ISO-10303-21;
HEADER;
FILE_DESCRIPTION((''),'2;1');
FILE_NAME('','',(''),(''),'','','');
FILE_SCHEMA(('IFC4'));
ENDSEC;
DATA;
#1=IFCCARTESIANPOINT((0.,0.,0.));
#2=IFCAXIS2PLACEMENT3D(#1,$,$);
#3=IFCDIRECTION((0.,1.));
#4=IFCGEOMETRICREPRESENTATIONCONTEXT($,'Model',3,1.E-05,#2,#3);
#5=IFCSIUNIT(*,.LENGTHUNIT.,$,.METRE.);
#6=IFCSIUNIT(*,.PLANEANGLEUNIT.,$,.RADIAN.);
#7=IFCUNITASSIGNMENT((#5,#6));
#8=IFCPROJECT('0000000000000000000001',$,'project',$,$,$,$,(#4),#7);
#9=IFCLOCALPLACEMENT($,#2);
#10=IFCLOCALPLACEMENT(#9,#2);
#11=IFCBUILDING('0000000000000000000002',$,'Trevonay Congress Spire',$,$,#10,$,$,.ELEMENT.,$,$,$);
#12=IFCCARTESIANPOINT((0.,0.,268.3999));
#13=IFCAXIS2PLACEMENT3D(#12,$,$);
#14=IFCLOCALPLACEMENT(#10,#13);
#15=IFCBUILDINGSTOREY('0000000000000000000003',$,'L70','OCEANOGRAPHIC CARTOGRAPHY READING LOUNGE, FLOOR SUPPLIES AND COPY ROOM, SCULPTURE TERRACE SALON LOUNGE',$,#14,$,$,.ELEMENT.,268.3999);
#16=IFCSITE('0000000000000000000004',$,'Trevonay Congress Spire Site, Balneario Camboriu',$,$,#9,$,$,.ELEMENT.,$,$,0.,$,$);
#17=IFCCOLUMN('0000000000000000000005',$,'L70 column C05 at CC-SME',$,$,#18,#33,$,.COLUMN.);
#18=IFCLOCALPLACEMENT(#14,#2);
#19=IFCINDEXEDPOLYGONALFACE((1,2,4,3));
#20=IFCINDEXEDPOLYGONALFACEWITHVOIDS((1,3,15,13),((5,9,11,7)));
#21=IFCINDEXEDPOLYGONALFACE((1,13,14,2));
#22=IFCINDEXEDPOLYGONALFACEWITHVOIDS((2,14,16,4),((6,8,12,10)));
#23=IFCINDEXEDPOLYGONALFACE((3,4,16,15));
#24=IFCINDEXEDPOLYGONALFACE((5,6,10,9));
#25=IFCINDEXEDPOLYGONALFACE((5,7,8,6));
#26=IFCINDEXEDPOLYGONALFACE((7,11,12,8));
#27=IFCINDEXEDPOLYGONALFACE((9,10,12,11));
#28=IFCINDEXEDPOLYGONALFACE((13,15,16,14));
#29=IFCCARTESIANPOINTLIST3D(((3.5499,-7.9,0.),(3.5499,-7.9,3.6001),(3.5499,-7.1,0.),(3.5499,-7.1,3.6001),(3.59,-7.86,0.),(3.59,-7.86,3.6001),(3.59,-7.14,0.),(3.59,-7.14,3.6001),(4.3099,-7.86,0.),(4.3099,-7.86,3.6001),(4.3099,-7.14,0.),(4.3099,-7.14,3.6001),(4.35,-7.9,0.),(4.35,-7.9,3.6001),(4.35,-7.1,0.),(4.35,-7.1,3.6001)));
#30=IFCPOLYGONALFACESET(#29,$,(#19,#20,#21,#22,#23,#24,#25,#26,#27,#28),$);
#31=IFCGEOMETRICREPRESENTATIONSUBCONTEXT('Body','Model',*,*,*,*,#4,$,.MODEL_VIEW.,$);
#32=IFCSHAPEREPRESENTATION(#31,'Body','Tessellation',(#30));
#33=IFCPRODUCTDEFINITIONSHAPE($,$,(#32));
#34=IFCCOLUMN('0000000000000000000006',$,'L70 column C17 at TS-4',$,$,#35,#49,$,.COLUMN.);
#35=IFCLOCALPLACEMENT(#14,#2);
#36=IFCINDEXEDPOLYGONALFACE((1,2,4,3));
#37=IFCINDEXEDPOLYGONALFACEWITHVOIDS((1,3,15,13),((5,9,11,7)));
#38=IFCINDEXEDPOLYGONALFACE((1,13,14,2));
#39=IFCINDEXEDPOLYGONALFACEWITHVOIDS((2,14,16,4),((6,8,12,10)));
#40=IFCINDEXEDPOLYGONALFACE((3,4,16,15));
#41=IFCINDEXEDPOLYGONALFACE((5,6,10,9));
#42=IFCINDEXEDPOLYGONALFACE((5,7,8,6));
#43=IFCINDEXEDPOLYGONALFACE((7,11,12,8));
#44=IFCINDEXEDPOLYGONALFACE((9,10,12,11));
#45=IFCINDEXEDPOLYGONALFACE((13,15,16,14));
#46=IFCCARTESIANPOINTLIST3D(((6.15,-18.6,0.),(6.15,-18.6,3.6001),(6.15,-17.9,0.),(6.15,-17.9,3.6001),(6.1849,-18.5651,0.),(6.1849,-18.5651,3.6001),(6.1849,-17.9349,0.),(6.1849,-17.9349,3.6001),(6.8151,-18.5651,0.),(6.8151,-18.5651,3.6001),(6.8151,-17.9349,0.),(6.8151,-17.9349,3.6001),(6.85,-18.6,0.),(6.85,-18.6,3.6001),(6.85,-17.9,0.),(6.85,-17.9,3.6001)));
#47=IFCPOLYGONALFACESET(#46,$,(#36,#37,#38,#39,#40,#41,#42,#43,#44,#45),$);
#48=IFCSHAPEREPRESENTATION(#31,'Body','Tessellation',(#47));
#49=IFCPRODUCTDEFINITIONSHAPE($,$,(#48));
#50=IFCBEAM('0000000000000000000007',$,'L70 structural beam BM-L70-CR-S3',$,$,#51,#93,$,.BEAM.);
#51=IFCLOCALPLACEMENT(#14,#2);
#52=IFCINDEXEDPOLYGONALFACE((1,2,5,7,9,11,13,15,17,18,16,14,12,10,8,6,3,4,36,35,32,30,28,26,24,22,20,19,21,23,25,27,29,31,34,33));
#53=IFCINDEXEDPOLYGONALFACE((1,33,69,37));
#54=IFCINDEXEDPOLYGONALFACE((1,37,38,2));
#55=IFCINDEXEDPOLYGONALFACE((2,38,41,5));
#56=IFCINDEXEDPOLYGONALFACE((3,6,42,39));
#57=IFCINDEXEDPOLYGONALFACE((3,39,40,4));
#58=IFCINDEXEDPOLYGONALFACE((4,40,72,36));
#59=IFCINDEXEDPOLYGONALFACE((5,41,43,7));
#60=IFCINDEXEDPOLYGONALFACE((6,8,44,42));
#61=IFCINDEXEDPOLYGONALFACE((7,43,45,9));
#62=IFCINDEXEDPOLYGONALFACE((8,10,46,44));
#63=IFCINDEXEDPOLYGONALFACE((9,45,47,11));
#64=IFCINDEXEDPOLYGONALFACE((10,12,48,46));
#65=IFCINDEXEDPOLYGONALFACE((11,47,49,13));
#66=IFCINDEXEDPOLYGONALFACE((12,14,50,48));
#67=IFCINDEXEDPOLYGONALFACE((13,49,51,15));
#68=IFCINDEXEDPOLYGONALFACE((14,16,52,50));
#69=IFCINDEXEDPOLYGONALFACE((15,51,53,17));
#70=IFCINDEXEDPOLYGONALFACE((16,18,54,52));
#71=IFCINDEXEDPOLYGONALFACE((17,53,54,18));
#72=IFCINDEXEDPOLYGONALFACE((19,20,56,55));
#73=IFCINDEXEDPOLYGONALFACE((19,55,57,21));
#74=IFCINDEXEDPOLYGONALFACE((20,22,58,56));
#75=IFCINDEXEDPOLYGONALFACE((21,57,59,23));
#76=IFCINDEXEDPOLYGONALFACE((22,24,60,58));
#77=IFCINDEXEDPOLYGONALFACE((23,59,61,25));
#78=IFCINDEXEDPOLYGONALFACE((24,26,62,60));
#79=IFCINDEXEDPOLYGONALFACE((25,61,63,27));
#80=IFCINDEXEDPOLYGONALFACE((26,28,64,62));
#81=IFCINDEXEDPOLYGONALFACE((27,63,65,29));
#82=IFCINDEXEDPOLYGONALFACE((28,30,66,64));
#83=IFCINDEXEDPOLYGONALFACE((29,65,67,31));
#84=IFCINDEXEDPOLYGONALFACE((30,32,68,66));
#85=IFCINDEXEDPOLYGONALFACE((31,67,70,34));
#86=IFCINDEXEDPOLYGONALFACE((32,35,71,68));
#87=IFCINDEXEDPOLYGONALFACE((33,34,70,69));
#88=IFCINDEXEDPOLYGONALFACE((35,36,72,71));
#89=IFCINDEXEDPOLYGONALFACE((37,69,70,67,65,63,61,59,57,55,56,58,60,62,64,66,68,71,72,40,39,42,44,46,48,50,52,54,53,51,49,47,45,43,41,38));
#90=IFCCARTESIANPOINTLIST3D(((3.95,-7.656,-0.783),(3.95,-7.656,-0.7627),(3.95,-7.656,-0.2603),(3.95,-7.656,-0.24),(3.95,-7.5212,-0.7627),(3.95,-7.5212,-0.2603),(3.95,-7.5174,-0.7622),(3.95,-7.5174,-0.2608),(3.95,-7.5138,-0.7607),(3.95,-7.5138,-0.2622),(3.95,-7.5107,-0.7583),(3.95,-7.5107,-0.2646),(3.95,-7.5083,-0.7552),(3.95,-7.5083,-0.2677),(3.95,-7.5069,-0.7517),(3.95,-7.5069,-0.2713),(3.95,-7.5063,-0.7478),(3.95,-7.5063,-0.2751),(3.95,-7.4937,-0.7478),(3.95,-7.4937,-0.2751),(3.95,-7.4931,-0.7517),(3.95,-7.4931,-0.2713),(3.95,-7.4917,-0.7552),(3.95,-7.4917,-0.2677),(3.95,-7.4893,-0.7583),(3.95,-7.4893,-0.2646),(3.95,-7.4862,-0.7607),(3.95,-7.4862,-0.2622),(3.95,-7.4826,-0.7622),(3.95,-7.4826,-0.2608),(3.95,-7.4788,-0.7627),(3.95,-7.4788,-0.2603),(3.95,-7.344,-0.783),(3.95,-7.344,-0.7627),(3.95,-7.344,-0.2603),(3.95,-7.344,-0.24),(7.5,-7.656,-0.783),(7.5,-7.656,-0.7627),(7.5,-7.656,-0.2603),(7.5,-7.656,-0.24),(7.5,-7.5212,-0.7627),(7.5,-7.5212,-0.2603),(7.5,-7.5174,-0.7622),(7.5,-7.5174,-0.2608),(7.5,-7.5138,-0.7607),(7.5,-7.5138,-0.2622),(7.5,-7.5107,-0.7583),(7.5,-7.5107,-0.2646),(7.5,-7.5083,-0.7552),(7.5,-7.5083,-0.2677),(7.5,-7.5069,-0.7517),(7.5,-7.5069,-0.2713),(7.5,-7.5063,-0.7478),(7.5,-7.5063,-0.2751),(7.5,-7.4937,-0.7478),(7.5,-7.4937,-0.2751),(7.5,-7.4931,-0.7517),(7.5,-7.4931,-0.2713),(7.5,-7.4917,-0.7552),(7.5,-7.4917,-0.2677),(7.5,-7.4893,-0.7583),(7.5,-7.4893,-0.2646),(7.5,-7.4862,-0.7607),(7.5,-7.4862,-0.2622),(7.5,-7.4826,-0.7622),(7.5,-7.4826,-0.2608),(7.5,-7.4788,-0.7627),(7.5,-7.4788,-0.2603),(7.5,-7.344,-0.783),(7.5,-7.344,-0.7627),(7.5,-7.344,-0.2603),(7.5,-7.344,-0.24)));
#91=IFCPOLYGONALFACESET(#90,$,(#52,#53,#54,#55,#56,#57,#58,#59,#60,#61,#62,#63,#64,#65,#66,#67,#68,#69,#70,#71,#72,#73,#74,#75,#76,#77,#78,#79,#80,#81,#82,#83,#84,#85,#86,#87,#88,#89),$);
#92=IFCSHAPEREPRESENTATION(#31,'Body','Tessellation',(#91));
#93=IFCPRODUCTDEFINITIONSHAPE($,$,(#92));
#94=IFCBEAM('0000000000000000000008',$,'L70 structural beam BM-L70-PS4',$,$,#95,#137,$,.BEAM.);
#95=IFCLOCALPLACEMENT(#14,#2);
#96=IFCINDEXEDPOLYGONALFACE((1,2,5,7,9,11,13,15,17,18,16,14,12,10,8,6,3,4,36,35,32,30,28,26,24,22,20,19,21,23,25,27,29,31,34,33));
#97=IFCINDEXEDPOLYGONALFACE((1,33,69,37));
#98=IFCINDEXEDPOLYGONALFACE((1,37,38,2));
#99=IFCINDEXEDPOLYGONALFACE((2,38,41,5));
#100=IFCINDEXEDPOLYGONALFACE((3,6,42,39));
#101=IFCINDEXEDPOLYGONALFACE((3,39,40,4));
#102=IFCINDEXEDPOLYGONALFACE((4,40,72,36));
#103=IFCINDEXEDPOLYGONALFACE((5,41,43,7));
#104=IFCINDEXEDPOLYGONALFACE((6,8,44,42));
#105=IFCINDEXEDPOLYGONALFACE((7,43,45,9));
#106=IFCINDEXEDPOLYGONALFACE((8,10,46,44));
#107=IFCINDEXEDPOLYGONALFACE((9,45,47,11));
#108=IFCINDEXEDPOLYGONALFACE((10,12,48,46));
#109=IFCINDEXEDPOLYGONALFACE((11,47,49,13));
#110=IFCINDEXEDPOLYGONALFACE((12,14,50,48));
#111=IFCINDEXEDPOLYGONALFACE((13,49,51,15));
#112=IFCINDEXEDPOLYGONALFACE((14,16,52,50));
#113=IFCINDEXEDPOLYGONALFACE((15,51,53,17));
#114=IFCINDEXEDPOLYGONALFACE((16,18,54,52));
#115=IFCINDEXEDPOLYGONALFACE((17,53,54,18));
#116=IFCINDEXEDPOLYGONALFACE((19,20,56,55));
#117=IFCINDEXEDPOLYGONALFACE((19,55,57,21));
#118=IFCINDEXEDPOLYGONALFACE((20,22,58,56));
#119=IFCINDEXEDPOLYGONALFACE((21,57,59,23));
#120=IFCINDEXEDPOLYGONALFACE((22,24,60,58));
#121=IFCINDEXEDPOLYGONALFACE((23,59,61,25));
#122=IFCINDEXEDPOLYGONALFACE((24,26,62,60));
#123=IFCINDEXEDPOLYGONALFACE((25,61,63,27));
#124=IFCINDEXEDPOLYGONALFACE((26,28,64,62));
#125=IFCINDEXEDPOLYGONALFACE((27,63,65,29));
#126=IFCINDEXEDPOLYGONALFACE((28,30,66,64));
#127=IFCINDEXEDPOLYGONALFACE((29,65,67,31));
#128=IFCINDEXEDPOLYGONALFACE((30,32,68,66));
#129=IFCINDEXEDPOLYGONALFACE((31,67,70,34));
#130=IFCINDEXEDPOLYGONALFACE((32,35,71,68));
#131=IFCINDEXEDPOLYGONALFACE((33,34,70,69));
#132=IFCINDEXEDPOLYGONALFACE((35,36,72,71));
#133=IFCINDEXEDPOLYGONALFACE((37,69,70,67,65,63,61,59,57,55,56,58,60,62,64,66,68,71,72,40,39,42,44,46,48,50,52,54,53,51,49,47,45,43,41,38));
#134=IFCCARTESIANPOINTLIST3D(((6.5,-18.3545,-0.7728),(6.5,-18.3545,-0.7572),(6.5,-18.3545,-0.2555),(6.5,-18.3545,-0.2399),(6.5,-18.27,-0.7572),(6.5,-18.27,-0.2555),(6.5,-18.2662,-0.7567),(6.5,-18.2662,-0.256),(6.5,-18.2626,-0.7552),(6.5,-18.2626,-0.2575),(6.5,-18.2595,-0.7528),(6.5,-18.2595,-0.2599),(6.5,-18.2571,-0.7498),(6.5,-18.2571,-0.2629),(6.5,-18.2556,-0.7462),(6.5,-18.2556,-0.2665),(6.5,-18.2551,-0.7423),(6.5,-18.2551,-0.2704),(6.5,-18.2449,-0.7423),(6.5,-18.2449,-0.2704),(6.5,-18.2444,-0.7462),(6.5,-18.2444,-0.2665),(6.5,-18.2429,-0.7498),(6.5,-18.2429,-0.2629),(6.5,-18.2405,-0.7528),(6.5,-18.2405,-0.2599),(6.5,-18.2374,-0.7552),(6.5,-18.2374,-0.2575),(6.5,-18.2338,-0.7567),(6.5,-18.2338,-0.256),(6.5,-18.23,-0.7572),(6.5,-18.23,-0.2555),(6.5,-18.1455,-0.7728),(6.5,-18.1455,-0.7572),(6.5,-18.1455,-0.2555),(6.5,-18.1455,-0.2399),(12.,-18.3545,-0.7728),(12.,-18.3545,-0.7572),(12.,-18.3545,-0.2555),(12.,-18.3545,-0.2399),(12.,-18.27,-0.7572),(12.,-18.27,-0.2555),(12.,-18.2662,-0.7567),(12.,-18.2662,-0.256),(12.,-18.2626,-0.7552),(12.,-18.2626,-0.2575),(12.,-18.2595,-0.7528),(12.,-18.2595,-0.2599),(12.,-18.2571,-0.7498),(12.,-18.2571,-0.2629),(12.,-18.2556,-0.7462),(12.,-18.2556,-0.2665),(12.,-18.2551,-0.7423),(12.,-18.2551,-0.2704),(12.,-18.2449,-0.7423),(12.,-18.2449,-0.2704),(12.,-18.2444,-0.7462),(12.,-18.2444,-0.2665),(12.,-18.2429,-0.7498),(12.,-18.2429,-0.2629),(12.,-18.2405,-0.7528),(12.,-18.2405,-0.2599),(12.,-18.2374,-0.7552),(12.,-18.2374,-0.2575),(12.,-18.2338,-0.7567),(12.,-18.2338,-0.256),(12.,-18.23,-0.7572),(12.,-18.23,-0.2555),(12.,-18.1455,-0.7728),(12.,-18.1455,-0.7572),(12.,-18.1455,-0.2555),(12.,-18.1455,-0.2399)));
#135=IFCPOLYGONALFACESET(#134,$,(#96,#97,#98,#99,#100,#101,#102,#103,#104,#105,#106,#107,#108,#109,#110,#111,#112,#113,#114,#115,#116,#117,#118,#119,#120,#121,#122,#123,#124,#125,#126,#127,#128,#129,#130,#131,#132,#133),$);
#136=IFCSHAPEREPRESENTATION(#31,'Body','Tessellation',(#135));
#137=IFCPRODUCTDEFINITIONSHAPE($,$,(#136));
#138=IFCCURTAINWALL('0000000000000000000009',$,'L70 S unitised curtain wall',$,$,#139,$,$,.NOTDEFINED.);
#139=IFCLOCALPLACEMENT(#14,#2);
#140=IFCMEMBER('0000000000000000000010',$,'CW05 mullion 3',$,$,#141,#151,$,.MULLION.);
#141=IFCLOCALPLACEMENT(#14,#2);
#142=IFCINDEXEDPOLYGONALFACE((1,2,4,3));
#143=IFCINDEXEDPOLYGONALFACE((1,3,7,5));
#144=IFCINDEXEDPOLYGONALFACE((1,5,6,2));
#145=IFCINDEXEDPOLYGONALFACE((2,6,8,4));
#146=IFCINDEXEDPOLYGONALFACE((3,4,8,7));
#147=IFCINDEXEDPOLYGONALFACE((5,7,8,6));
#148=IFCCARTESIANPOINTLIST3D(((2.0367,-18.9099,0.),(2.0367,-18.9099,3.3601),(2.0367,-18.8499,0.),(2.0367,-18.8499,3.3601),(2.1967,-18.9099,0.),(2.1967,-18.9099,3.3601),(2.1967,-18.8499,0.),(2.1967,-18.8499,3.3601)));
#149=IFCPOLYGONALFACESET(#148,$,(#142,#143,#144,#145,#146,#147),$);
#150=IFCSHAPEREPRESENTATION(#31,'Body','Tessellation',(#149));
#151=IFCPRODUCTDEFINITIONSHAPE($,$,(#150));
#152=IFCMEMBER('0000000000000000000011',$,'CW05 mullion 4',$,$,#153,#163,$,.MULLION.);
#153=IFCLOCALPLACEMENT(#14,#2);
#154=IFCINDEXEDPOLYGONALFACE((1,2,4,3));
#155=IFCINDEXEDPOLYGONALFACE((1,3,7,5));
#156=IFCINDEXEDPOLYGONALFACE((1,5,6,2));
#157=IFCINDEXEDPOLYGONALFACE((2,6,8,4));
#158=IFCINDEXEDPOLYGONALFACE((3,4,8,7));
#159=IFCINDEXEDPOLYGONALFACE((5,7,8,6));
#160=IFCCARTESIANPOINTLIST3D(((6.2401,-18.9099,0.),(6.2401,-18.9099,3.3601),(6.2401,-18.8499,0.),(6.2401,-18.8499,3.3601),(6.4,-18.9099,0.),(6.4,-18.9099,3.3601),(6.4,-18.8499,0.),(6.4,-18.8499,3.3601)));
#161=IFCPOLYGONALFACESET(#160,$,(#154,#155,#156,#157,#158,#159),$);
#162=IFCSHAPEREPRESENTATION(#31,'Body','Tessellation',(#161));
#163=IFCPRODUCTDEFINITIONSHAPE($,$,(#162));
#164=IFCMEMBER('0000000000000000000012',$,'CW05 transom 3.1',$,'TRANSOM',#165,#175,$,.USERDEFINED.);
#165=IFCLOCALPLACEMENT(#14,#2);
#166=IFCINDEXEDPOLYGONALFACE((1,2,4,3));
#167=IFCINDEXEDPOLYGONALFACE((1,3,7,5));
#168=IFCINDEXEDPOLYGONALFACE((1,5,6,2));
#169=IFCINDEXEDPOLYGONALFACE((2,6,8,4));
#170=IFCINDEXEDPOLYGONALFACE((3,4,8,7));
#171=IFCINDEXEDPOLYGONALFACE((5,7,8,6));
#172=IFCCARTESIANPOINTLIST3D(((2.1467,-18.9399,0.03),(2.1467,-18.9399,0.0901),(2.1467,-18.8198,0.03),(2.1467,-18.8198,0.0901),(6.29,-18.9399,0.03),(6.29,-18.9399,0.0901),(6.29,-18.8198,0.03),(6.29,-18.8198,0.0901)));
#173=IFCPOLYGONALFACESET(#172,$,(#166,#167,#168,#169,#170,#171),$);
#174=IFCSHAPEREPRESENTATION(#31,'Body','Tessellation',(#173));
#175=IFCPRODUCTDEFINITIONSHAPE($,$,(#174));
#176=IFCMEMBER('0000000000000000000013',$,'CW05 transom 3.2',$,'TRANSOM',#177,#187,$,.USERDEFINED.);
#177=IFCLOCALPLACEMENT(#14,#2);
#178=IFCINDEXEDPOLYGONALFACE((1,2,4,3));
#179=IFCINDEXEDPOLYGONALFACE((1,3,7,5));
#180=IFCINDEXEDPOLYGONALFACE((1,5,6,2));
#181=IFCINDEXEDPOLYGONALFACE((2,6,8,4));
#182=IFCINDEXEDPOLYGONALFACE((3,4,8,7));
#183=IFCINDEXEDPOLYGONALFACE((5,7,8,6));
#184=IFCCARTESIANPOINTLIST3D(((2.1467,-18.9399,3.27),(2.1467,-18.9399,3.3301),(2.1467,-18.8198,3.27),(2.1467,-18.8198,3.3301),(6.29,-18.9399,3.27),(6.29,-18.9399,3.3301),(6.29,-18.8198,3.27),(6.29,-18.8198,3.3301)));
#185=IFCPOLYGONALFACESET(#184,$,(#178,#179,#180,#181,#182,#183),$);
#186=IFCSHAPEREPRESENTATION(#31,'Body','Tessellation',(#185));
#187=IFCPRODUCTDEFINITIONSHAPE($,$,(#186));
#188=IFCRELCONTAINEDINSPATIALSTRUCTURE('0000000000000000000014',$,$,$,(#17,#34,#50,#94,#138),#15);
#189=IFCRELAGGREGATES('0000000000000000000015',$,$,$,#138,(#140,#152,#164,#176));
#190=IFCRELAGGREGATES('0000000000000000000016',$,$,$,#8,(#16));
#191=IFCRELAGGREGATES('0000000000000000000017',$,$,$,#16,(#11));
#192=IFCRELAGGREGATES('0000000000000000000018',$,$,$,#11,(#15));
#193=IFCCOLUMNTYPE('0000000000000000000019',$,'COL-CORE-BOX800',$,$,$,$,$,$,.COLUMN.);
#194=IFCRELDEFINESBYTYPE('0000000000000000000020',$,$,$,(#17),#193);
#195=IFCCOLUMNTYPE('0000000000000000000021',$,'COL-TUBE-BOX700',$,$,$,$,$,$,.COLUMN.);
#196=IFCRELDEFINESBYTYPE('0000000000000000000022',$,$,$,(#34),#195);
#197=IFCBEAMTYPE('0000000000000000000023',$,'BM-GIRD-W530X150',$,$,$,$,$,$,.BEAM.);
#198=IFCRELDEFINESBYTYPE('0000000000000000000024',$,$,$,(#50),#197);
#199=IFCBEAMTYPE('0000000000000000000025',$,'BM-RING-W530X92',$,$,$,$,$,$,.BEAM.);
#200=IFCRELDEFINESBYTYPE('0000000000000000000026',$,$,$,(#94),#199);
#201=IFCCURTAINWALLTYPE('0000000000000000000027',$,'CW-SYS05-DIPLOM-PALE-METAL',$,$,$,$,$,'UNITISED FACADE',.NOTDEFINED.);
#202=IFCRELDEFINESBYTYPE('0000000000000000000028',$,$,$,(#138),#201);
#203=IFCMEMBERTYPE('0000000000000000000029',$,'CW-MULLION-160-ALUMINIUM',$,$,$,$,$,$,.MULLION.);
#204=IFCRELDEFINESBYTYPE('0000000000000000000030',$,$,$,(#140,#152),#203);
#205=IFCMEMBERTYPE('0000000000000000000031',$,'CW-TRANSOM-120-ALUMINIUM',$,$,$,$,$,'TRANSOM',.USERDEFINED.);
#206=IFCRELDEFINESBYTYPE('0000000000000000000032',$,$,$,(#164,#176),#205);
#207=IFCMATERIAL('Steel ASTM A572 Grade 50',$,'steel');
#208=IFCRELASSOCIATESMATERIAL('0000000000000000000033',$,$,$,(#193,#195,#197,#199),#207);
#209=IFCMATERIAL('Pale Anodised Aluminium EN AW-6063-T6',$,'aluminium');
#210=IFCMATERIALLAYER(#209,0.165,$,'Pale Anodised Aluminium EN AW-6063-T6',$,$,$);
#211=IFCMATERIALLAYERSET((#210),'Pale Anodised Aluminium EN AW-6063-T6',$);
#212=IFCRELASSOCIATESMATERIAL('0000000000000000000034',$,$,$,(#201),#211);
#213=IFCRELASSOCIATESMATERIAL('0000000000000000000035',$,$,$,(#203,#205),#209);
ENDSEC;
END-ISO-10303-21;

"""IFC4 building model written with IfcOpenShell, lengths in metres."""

from ifc_helpers import new_model, si_unit, direction, frame, origin, origin_2d, place, context, subcontext, project, spatial, rectangle, hollow_rectangle, i_section, extrude, material, layer, layer_set, material_profile, profile_set, type_object, element, aggregate, save


model = new_model("IFC4")

# Units and contexts
model_context = context("Model", 3, precision=1e-05, world=origin(), true_north=direction((0.0, 1.0)))
body_context = subcontext(model_context, "Body", "Model", "MODEL_VIEW")
ifc_project = project(units=[si_unit("LENGTHUNIT", "METRE"), si_unit("PLANEANGLEUNIT", "RADIAN")], contexts=[model_context])

# Site, building, storey
site_placement = place(None, origin())
site = spatial("IfcSite", under=ifc_project, at=site_placement, Name="Trevonay Congress Spire Site, Balneario Camboriu", CompositionType="ELEMENT", RefElevation=0.0)
building_placement = place(site_placement, origin())
building = spatial("IfcBuilding", under=site, at=building_placement, Name="Trevonay Congress Spire", CompositionType="ELEMENT")
storey_placement = place(building_placement, frame((0.0, 0.0, 268.3999)))
storey = spatial("IfcBuildingStorey", under=building, at=storey_placement, Name="L70", Description="OCEANOGRAPHIC CARTOGRAPHY READING LOUNGE, FLOOR SUPPLIES AND COPY ROOM, SCULPTURE TERRACE SALON LOUNGE", CompositionType="ELEMENT", Elevation=268.3999)

# Columns
ifc_material_1 = material(Name="Steel ASTM A572 Grade 50", Category="steel")
ifc_material_profile_1 = material_profile(ifc_material_1, hollow_rectangle(XDim=0.8, YDim=0.8, WallThickness=0.04, at=origin_2d()), Name="BOX 800x800x40")
ifc_profile_set_1 = profile_set([ifc_material_profile_1], Name="Steel ASTM A572 Grade 50")
column_type_1 = type_object("IfcColumnType", Name="COL-CORE-BOX800", PredefinedType="COLUMN", material=ifc_profile_set_1)
column_1_placement = place(storey_placement, frame((3.95, -7.5, 0.0), z_axis=(0.0, 0.0, 1.0), x_axis=(1.0, 0.0, 0.0)))
element("IfcColumn", 1, at=column_1_placement, inside=storey, type_object=column_type_1, Name="L70 column C05 at CC-SME", PredefinedType="COLUMN", context=body_context, shape_type="SweptSolid", body=[
    extrude(hollow_rectangle(XDim=0.8, YDim=0.8, WallThickness=0.04, at=origin_2d()), origin(), (0.0, 0.0, 1.0), 3.6001),
])
ifc_material_profile_2 = material_profile(ifc_material_1, hollow_rectangle(XDim=0.7, YDim=0.7, WallThickness=0.0349, at=origin_2d()), Name="BOX 700x700x35")
ifc_profile_set_2 = profile_set([ifc_material_profile_2], Name="Steel ASTM A572 Grade 50")
column_type_2 = type_object("IfcColumnType", Name="COL-TUBE-BOX700", PredefinedType="COLUMN", material=ifc_profile_set_2)
column_2_placement = place(storey_placement, frame((6.5, -18.25, 0.0), z_axis=(0.0, 0.0, 1.0), x_axis=(1.0, 0.0, 0.0)))
element("IfcColumn", 2, at=column_2_placement, inside=storey, type_object=column_type_2, Name="L70 column C17 at TS-4", PredefinedType="COLUMN", context=body_context, shape_type="SweptSolid", body=[
    extrude(hollow_rectangle(XDim=0.7, YDim=0.7, WallThickness=0.0349, at=origin_2d()), origin(), (0.0, 0.0, 1.0), 3.6001),
])

# Beams
ifc_material_profile_3 = material_profile(ifc_material_1, i_section(OverallWidth=0.312, OverallDepth=0.543, WebThickness=0.0127, FlangeThickness=0.0203, FilletRadius=0.0149, at=origin_2d()), Name="W530x150")
ifc_profile_set_3 = profile_set([ifc_material_profile_3], Name="Steel ASTM A572 Grade 50")
beam_type_1 = type_object("IfcBeamType", Name="BM-GIRD-W530X150", PredefinedType="BEAM", material=ifc_profile_set_3)
beam_1_placement = place(storey_placement, frame((3.95, -7.5, -0.5115), z_axis=(1.0, 0.0, 0.0), x_axis=(0.0, 1.0, 0.0)))
element("IfcBeam", 3, at=beam_1_placement, inside=storey, type_object=beam_type_1, Name="L70 structural beam BM-L70-CR-S3", PredefinedType="BEAM", context=body_context, shape_type="SweptSolid", body=[
    extrude(i_section(OverallWidth=0.312, OverallDepth=0.543, WebThickness=0.0127, FlangeThickness=0.0203, FilletRadius=0.0149, at=origin_2d()), origin(), (0.0, 0.0, 1.0), 3.55),
])
ifc_material_profile_4 = material_profile(ifc_material_1, i_section(OverallWidth=0.209, OverallDepth=0.533, WebThickness=0.0103, FlangeThickness=0.0156, FilletRadius=0.0149, at=origin_2d()), Name="W530x92")
ifc_profile_set_4 = profile_set([ifc_material_profile_4], Name="Steel ASTM A572 Grade 50")
beam_type_2 = type_object("IfcBeamType", Name="BM-RING-W530X92", PredefinedType="BEAM", material=ifc_profile_set_4)
beam_2_placement = place(storey_placement, frame((6.5, -18.25, -0.5063), z_axis=(1.0, 0.0, 0.0), x_axis=(0.0, 1.0, 0.0)))
element("IfcBeam", 4, at=beam_2_placement, inside=storey, type_object=beam_type_2, Name="L70 structural beam BM-L70-PS4", PredefinedType="BEAM", context=body_context, shape_type="SweptSolid", body=[
    extrude(i_section(OverallWidth=0.209, OverallDepth=0.533, WebThickness=0.0103, FlangeThickness=0.0156, FilletRadius=0.0149, at=origin_2d()), origin(), (0.0, 0.0, 1.0), 5.5),
])

# Curtain wall, members
ifc_material_2 = material(Name="Pale Anodised Aluminium EN AW-6063-T6", Category="aluminium")
ifc_layer_1 = layer(ifc_material_2, 0.165, Name="Pale Anodised Aluminium EN AW-6063-T6")
ifc_layer_set_1 = layer_set([ifc_layer_1], Name="Pale Anodised Aluminium EN AW-6063-T6")
curtain_wall_type = type_object("IfcCurtainWallType", Name="CW-SYS05-DIPLOM-PALE-METAL", ElementType="UNITISED FACADE", PredefinedType="NOTDEFINED", material=ifc_layer_set_1)
curtain_wall_placement = place(storey_placement, origin())
curtain_wall = element("IfcCurtainWall", 5, at=curtain_wall_placement, inside=storey, type_object=curtain_wall_type, Name="L70 S unitised curtain wall", PredefinedType="NOTDEFINED")
ifc_material_profile_5 = material_profile(ifc_material_2, rectangle(XDim=0.0601, YDim=0.1599, at=origin_2d()), Name="CW-MULLION-160-ALUMINIUM")
ifc_profile_set_5 = profile_set([ifc_material_profile_5], Name="Pale Anodised Aluminium EN AW-6063-T6")
member_type_1 = type_object("IfcMemberType", Name="CW-MULLION-160-ALUMINIUM", PredefinedType="MULLION", material=ifc_profile_set_5)
member_1_placement = place(storey_placement, frame((2.1167, -18.8799, 0.0), z_axis=(0.0, 0.0, 1.0), x_axis=(0.0, 1.0, 0.0)))
member_1 = element("IfcMember", 6, at=member_1_placement, type_object=member_type_1, Name="CW05 mullion 3", PredefinedType="MULLION", context=body_context, shape_type="SweptSolid", body=[
    extrude(rectangle(XDim=0.0601, YDim=0.1599, at=origin_2d()), origin(), (0.0, 0.0, 1.0), 3.3601),
])
member_2_placement = place(storey_placement, frame((6.3201, -18.8799, 0.0), z_axis=(0.0, 0.0, 1.0), x_axis=(0.0, 1.0, 0.0)))
member_2 = element("IfcMember", 7, at=member_2_placement, type_object=member_type_1, Name="CW05 mullion 4", PredefinedType="MULLION", context=body_context, shape_type="SweptSolid", body=[
    extrude(rectangle(XDim=0.0601, YDim=0.1599, at=origin_2d()), origin(), (0.0, 0.0, 1.0), 3.3601),
])
ifc_material_profile_6 = material_profile(ifc_material_2, rectangle(XDim=0.1201, YDim=0.0601, at=origin_2d()), Name="CW-TRANSOM-120-ALUMINIUM")
ifc_profile_set_6 = profile_set([ifc_material_profile_6], Name="Pale Anodised Aluminium EN AW-6063-T6")
member_type_2 = type_object("IfcMemberType", Name="CW-TRANSOM-120-ALUMINIUM", ElementType="TRANSOM", PredefinedType="USERDEFINED", material=ifc_profile_set_6)
member_3_placement = place(storey_placement, frame((2.1467, -18.8799, 0.0601), z_axis=(1.0, 0.0, 0.0), x_axis=(0.0, 1.0, 0.0)))
member_3 = element("IfcMember", 8, at=member_3_placement, type_object=member_type_2, Name="CW05 transom 3.1", ObjectType="TRANSOM", PredefinedType="USERDEFINED", context=body_context, shape_type="SweptSolid", body=[
    extrude(rectangle(XDim=0.1201, YDim=0.0601, at=origin_2d()), origin(), (0.0, 0.0, 1.0), 4.1433),
])
member_4_placement = place(storey_placement, frame((2.1467, -18.8799, 3.3), z_axis=(1.0, 0.0, 0.0), x_axis=(0.0, 1.0, 0.0)))
member_4 = element("IfcMember", 9, at=member_4_placement, type_object=member_type_2, Name="CW05 transom 3.2", ObjectType="TRANSOM", PredefinedType="USERDEFINED", context=body_context, shape_type="SweptSolid", body=[
    extrude(rectangle(XDim=0.1201, YDim=0.0601, at=origin_2d()), origin(), (0.0, 0.0, 1.0), 4.1433),
])

aggregate(curtain_wall, [member_1, member_2, member_3, member_4])

save(model, "model.ifc")
